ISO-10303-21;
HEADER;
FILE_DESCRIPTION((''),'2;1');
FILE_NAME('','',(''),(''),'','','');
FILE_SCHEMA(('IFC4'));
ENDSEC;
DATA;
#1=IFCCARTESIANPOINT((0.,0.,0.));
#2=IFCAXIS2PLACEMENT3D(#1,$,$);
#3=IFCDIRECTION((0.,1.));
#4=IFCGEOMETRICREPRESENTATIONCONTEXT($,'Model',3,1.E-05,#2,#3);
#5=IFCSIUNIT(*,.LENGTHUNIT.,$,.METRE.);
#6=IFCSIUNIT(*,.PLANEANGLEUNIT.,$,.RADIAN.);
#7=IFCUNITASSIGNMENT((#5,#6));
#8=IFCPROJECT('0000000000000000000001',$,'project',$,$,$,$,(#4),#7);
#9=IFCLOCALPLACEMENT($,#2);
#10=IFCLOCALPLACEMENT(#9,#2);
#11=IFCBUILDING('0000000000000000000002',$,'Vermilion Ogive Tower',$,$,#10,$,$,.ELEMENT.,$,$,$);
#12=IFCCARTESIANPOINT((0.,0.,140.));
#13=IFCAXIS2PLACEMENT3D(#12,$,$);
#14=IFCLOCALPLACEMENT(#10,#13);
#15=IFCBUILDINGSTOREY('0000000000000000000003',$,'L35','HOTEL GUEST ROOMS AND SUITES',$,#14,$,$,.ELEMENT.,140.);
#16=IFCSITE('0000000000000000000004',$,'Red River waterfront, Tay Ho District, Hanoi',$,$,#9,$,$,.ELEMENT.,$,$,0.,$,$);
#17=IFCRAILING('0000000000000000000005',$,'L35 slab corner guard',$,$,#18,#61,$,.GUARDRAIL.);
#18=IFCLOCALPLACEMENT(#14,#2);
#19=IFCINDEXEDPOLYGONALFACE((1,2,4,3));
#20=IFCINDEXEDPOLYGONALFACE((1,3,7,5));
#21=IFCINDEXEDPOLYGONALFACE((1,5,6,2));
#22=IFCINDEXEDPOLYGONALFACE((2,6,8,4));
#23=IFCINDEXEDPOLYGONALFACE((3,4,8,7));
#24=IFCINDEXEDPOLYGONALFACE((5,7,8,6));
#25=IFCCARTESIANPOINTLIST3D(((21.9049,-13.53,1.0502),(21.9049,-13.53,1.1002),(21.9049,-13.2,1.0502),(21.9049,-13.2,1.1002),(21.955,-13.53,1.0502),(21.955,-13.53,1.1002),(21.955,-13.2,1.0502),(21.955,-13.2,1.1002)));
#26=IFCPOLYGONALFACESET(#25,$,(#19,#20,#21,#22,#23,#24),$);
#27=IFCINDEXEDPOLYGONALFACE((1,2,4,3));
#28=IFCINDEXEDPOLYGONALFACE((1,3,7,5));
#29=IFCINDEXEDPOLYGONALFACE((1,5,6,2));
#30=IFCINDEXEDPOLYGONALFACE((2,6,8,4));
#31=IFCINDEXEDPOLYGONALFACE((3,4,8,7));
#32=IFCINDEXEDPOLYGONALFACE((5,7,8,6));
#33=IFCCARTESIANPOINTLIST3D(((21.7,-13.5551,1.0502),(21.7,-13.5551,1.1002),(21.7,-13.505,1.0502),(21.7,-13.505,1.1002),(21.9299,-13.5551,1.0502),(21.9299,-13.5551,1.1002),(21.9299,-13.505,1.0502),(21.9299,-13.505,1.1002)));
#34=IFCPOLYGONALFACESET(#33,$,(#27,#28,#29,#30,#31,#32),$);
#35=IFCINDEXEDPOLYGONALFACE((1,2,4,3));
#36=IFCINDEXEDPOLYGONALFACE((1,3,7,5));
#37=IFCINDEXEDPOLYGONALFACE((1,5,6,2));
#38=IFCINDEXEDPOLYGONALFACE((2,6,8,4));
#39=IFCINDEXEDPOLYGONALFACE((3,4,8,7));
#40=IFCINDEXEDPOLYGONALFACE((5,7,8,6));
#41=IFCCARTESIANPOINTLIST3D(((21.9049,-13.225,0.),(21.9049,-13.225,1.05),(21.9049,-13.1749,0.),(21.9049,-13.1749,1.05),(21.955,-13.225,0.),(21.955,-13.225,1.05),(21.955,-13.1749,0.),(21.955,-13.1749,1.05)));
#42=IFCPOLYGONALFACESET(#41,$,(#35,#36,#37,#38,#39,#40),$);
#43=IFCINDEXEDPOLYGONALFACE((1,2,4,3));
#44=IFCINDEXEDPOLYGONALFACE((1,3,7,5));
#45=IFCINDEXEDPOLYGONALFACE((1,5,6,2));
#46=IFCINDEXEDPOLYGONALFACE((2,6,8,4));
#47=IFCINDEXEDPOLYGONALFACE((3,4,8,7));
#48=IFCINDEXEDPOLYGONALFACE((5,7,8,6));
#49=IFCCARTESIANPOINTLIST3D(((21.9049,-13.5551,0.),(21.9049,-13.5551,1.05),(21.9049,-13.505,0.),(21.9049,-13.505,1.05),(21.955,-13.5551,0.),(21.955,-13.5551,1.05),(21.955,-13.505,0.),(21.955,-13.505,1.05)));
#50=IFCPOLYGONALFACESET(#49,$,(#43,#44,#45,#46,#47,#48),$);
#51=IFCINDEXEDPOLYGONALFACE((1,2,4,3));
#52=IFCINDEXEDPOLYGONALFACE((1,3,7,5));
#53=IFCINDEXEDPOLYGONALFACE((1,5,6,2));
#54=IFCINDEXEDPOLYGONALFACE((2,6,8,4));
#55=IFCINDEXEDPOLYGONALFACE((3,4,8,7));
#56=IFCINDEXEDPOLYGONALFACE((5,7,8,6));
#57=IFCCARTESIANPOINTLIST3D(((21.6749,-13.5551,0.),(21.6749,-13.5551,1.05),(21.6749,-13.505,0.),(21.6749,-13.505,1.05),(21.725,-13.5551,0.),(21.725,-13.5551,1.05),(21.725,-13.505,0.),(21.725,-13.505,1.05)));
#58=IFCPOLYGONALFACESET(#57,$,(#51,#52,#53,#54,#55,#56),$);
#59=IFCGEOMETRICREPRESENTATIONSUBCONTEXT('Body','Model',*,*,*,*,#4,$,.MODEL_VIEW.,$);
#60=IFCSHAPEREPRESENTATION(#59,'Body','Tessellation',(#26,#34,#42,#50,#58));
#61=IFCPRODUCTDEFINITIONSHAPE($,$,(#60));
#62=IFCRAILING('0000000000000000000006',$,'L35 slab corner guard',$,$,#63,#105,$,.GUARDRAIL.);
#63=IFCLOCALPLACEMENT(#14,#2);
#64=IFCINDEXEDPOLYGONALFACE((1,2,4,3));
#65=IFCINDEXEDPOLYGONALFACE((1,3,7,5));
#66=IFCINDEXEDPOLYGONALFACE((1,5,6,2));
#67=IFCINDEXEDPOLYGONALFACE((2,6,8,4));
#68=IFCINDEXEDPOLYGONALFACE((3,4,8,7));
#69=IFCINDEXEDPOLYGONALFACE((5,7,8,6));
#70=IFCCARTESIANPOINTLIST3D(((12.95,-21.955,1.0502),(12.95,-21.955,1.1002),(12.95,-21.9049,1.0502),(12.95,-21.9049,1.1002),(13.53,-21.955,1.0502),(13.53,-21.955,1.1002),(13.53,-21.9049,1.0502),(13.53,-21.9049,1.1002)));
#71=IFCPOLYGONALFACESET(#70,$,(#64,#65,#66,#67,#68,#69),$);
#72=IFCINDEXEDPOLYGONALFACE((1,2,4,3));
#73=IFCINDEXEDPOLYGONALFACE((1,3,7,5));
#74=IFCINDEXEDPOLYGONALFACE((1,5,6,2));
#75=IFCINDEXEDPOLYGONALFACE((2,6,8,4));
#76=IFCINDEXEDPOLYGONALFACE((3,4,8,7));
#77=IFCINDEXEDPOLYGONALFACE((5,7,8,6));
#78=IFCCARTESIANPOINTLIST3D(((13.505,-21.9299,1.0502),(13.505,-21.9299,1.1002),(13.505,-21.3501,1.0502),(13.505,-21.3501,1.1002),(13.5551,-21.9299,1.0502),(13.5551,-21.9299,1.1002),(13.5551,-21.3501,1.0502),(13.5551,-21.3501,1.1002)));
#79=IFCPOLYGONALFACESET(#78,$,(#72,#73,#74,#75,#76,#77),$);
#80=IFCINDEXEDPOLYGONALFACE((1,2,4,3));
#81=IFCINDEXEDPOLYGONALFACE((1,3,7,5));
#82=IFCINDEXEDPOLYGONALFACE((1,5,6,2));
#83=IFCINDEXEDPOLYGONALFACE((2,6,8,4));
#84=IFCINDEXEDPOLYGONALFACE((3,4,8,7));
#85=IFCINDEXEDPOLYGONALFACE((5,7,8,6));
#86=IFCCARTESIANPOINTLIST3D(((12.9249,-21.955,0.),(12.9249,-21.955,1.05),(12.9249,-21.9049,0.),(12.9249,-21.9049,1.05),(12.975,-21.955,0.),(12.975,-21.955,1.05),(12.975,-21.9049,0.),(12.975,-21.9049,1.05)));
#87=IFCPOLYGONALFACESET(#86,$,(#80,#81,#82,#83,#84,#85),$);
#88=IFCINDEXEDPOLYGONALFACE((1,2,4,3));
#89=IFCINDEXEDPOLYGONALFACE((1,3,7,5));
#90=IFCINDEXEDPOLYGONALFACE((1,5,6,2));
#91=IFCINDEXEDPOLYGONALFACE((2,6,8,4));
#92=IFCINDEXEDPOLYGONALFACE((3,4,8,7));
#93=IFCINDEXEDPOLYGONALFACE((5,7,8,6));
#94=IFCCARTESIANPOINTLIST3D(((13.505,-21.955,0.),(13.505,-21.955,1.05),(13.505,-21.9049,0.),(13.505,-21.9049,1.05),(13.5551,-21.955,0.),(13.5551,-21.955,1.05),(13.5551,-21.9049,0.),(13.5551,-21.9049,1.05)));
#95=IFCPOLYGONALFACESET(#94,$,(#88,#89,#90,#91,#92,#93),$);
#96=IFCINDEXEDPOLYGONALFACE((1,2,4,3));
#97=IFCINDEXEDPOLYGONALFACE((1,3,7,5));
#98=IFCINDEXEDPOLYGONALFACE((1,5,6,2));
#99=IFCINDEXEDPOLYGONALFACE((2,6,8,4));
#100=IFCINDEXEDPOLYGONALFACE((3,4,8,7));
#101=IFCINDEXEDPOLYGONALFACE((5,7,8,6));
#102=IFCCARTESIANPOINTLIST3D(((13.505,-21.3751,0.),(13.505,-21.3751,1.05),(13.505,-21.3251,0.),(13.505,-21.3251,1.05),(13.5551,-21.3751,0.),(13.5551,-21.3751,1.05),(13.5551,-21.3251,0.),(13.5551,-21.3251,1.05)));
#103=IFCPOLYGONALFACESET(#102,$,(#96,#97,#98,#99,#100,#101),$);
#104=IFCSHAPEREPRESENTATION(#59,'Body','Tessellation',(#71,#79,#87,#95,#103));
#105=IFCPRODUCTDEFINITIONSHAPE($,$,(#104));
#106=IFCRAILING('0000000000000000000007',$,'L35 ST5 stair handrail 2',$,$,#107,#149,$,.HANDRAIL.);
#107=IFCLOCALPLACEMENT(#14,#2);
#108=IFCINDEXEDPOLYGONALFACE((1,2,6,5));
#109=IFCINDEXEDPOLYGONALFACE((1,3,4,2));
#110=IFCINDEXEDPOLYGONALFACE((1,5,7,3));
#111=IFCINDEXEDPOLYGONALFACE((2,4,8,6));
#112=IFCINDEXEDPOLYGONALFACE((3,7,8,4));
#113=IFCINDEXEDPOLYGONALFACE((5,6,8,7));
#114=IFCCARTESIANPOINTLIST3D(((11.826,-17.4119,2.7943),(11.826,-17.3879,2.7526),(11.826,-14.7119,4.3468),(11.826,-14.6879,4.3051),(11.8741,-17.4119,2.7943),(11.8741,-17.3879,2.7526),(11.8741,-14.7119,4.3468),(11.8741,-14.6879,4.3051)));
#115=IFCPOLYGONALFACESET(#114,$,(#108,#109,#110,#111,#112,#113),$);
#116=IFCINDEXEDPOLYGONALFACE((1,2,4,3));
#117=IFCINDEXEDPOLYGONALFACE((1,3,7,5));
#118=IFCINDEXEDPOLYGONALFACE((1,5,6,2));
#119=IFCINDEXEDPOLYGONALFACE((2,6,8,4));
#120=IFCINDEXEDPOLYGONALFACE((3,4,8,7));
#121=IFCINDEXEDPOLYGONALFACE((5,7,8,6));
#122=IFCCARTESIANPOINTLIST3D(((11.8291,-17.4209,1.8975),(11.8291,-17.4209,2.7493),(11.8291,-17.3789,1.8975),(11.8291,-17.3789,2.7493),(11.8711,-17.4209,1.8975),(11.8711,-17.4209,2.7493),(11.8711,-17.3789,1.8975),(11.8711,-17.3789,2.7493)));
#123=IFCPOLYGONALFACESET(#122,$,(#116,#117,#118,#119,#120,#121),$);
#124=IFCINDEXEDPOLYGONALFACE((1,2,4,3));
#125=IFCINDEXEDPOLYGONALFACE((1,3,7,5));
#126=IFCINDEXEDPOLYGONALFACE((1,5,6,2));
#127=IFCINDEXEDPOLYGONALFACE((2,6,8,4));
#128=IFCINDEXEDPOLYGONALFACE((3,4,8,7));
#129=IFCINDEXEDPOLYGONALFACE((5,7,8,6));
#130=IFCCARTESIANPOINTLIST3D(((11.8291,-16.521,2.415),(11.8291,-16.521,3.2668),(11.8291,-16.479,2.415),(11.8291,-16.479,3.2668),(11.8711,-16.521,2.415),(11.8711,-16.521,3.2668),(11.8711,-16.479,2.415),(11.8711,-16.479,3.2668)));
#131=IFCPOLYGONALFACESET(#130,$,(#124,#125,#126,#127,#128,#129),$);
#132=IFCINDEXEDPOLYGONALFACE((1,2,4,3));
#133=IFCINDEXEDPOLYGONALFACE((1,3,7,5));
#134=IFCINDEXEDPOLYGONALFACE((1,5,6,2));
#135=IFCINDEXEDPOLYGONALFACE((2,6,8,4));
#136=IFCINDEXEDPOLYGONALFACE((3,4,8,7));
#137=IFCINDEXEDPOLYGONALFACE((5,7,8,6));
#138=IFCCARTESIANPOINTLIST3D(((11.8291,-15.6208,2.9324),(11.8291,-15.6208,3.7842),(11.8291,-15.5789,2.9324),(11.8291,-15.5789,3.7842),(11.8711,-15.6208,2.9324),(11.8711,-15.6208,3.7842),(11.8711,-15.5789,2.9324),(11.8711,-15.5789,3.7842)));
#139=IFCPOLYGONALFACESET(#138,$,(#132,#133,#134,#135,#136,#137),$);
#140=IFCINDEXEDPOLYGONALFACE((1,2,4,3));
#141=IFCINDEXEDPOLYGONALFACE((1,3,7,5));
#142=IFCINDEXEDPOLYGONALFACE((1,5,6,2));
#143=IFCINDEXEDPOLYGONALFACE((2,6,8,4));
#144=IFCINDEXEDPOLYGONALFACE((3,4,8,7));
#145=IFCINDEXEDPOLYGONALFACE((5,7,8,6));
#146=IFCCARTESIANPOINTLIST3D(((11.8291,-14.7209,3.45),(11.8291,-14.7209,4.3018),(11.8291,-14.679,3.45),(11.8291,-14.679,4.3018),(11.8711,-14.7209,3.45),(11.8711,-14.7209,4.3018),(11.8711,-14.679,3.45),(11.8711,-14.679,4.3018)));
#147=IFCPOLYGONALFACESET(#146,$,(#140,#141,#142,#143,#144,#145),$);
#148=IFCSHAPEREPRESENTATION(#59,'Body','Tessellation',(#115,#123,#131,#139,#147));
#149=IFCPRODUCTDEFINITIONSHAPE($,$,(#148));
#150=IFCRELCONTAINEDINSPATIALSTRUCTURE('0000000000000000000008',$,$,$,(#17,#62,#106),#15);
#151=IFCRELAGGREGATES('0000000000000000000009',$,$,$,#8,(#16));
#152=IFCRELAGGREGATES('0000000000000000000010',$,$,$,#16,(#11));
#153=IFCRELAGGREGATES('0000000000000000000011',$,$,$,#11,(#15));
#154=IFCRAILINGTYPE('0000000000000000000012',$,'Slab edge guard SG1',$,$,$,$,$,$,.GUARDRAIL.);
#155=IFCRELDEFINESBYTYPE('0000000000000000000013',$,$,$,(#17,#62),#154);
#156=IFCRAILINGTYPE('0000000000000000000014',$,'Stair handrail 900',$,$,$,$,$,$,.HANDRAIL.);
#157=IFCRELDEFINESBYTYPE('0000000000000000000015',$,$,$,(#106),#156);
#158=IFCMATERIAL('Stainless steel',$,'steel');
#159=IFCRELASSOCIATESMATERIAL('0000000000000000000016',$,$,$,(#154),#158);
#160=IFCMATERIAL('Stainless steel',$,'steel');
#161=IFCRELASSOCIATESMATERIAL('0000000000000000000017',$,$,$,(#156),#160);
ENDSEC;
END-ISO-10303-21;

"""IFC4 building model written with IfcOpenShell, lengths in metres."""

from ifc_helpers import new_model, si_unit, direction, frame, origin, origin_2d, place, context, subcontext, project, spatial, rectangle, extrude, material, type_object, element, save


model = new_model("IFC4")

# Units and contexts
model_context = context("Model", 3, precision=1e-05, world=origin(), true_north=direction((0.0, 1.0)))
body_context = subcontext(model_context, "Body", "Model", "MODEL_VIEW")
ifc_project = project(units=[si_unit("LENGTHUNIT", "METRE"), si_unit("PLANEANGLEUNIT", "RADIAN")], contexts=[model_context])

# Site, building, storey
site_placement = place(None, origin())
site = spatial("IfcSite", under=ifc_project, at=site_placement, Name="Red River waterfront, Tay Ho District, Hanoi", CompositionType="ELEMENT", RefElevation=0.0)
building_placement = place(site_placement, origin())
building = spatial("IfcBuilding", under=site, at=building_placement, Name="Vermilion Ogive Tower", CompositionType="ELEMENT")
storey_placement = place(building_placement, frame((0.0, 0.0, 140.0)))
storey = spatial("IfcBuildingStorey", under=building, at=storey_placement, Name="L35", Description="HOTEL GUEST ROOMS AND SUITES", CompositionType="ELEMENT", Elevation=140.0)

# Railings
ifc_material_1 = material(Name="Stainless steel", Category="steel")
railing_type_1 = type_object("IfcRailingType", Name="Slab edge guard SG1", PredefinedType="GUARDRAIL", material=ifc_material_1)
railing_1_placement = place(storey_placement, frame((21.9299, -13.2, 0.0)))
element("IfcRailing", 1, at=railing_1_placement, inside=storey, type_object=railing_type_1, Name="L35 slab corner guard", PredefinedType="GUARDRAIL", context=body_context, shape_type="SweptSolid", body=[
    extrude(rectangle(XDim=0.05, YDim=0.05, at=origin_2d()), frame((0.0, 0.0, 1.0752), z_axis=(0.0, -1.0, 0.0), x_axis=(1.0, 0.0, 0.0)), (0.0, 0.0, 1.0), 0.3301),
    extrude(rectangle(XDim=0.05, YDim=0.05, at=origin_2d()), frame((0.0, -0.3301, 1.0752), z_axis=(-1.0, 0.0, 0.0), x_axis=(0.0, -1.0, 0.0)), (0.0, 0.0, 1.0), 0.23),
    extrude(rectangle(XDim=0.05, YDim=0.05, at=origin_2d()), origin(), (0.0, 0.0, 1.0), 1.05),
    extrude(rectangle(XDim=0.05, YDim=0.05, at=origin_2d()), frame((0.0, -0.3301, 0.0)), (0.0, 0.0, 1.0), 1.05),
    extrude(rectangle(XDim=0.05, YDim=0.05, at=origin_2d()), frame((-0.23, -0.3301, 0.0)), (0.0, 0.0, 1.0), 1.05),
])
railing_2_placement = place(storey_placement, frame((12.95, -21.9299, 0.0)))
element("IfcRailing", 2, at=railing_2_placement, inside=storey, type_object=railing_type_1, Name="L35 slab corner guard", PredefinedType="GUARDRAIL", context=body_context, shape_type="SweptSolid", body=[
    extrude(rectangle(XDim=0.05, YDim=0.05, at=origin_2d()), frame((0.0, 0.0, 1.0752), z_axis=(1.0, 0.0, 0.0), x_axis=(0.0, 1.0, 0.0)), (0.0, 0.0, 1.0), 0.5801),
    extrude(rectangle(XDim=0.05, YDim=0.05, at=origin_2d()), frame((0.5801, 0.0, 1.0752), z_axis=(0.0, 1.0, 0.0), x_axis=(-1.0, 0.0, 0.0)), (0.0, 0.0, 1.0), 0.5798),
    extrude(rectangle(XDim=0.05, YDim=0.05, at=origin_2d()), origin(), (0.0, 0.0, 1.0), 1.05),
    extrude(rectangle(XDim=0.05, YDim=0.05, at=origin_2d()), frame((0.5801, 0.0, 0.0)), (0.0, 0.0, 1.0), 1.05),
    extrude(rectangle(XDim=0.05, YDim=0.05, at=origin_2d()), frame((0.5801, 0.5798, 0.0)), (0.0, 0.0, 1.0), 1.05),
])
ifc_material_2 = material(Name="Stainless steel", Category="steel")
railing_type_2 = type_object("IfcRailingType", Name="Stair handrail 900", PredefinedType="HANDRAIL", material=ifc_material_2)
railing_3_placement = place(storey_placement, frame((11.8501, -17.3999, 1.8975)))
element("IfcRailing", 3, at=railing_3_placement, inside=storey, type_object=railing_type_2, Name="L35 ST5 stair handrail 2", PredefinedType="HANDRAIL", context=body_context, shape_type="SweptSolid", body=[
    extrude(rectangle(XDim=0.0481, YDim=0.0481, at=origin_2d()), frame((0.0, 0.0, 0.876), z_axis=(0.0, 0.866904, 0.498476), x_axis=(-1.0, 0.0, 0.0)), (0.0, 0.0, 1.0), 3.1145),
    extrude(rectangle(XDim=0.042, YDim=0.042, at=origin_2d()), origin(), (0.0, 0.0, 1.0), 0.8518),
    extrude(rectangle(XDim=0.042, YDim=0.042, at=origin_2d()), frame((0.0, 0.8999, 0.5176)), (0.0, 0.0, 1.0), 0.8518),
    extrude(rectangle(XDim=0.042, YDim=0.042, at=origin_2d()), frame((0.0, 1.8, 1.0349)), (0.0, 0.0, 1.0), 0.8518),
    extrude(rectangle(XDim=0.042, YDim=0.042, at=origin_2d()), frame((0.0, 2.7, 1.5525)), (0.0, 0.0, 1.0), 0.8518),
])

save(model, "model.ifc")
